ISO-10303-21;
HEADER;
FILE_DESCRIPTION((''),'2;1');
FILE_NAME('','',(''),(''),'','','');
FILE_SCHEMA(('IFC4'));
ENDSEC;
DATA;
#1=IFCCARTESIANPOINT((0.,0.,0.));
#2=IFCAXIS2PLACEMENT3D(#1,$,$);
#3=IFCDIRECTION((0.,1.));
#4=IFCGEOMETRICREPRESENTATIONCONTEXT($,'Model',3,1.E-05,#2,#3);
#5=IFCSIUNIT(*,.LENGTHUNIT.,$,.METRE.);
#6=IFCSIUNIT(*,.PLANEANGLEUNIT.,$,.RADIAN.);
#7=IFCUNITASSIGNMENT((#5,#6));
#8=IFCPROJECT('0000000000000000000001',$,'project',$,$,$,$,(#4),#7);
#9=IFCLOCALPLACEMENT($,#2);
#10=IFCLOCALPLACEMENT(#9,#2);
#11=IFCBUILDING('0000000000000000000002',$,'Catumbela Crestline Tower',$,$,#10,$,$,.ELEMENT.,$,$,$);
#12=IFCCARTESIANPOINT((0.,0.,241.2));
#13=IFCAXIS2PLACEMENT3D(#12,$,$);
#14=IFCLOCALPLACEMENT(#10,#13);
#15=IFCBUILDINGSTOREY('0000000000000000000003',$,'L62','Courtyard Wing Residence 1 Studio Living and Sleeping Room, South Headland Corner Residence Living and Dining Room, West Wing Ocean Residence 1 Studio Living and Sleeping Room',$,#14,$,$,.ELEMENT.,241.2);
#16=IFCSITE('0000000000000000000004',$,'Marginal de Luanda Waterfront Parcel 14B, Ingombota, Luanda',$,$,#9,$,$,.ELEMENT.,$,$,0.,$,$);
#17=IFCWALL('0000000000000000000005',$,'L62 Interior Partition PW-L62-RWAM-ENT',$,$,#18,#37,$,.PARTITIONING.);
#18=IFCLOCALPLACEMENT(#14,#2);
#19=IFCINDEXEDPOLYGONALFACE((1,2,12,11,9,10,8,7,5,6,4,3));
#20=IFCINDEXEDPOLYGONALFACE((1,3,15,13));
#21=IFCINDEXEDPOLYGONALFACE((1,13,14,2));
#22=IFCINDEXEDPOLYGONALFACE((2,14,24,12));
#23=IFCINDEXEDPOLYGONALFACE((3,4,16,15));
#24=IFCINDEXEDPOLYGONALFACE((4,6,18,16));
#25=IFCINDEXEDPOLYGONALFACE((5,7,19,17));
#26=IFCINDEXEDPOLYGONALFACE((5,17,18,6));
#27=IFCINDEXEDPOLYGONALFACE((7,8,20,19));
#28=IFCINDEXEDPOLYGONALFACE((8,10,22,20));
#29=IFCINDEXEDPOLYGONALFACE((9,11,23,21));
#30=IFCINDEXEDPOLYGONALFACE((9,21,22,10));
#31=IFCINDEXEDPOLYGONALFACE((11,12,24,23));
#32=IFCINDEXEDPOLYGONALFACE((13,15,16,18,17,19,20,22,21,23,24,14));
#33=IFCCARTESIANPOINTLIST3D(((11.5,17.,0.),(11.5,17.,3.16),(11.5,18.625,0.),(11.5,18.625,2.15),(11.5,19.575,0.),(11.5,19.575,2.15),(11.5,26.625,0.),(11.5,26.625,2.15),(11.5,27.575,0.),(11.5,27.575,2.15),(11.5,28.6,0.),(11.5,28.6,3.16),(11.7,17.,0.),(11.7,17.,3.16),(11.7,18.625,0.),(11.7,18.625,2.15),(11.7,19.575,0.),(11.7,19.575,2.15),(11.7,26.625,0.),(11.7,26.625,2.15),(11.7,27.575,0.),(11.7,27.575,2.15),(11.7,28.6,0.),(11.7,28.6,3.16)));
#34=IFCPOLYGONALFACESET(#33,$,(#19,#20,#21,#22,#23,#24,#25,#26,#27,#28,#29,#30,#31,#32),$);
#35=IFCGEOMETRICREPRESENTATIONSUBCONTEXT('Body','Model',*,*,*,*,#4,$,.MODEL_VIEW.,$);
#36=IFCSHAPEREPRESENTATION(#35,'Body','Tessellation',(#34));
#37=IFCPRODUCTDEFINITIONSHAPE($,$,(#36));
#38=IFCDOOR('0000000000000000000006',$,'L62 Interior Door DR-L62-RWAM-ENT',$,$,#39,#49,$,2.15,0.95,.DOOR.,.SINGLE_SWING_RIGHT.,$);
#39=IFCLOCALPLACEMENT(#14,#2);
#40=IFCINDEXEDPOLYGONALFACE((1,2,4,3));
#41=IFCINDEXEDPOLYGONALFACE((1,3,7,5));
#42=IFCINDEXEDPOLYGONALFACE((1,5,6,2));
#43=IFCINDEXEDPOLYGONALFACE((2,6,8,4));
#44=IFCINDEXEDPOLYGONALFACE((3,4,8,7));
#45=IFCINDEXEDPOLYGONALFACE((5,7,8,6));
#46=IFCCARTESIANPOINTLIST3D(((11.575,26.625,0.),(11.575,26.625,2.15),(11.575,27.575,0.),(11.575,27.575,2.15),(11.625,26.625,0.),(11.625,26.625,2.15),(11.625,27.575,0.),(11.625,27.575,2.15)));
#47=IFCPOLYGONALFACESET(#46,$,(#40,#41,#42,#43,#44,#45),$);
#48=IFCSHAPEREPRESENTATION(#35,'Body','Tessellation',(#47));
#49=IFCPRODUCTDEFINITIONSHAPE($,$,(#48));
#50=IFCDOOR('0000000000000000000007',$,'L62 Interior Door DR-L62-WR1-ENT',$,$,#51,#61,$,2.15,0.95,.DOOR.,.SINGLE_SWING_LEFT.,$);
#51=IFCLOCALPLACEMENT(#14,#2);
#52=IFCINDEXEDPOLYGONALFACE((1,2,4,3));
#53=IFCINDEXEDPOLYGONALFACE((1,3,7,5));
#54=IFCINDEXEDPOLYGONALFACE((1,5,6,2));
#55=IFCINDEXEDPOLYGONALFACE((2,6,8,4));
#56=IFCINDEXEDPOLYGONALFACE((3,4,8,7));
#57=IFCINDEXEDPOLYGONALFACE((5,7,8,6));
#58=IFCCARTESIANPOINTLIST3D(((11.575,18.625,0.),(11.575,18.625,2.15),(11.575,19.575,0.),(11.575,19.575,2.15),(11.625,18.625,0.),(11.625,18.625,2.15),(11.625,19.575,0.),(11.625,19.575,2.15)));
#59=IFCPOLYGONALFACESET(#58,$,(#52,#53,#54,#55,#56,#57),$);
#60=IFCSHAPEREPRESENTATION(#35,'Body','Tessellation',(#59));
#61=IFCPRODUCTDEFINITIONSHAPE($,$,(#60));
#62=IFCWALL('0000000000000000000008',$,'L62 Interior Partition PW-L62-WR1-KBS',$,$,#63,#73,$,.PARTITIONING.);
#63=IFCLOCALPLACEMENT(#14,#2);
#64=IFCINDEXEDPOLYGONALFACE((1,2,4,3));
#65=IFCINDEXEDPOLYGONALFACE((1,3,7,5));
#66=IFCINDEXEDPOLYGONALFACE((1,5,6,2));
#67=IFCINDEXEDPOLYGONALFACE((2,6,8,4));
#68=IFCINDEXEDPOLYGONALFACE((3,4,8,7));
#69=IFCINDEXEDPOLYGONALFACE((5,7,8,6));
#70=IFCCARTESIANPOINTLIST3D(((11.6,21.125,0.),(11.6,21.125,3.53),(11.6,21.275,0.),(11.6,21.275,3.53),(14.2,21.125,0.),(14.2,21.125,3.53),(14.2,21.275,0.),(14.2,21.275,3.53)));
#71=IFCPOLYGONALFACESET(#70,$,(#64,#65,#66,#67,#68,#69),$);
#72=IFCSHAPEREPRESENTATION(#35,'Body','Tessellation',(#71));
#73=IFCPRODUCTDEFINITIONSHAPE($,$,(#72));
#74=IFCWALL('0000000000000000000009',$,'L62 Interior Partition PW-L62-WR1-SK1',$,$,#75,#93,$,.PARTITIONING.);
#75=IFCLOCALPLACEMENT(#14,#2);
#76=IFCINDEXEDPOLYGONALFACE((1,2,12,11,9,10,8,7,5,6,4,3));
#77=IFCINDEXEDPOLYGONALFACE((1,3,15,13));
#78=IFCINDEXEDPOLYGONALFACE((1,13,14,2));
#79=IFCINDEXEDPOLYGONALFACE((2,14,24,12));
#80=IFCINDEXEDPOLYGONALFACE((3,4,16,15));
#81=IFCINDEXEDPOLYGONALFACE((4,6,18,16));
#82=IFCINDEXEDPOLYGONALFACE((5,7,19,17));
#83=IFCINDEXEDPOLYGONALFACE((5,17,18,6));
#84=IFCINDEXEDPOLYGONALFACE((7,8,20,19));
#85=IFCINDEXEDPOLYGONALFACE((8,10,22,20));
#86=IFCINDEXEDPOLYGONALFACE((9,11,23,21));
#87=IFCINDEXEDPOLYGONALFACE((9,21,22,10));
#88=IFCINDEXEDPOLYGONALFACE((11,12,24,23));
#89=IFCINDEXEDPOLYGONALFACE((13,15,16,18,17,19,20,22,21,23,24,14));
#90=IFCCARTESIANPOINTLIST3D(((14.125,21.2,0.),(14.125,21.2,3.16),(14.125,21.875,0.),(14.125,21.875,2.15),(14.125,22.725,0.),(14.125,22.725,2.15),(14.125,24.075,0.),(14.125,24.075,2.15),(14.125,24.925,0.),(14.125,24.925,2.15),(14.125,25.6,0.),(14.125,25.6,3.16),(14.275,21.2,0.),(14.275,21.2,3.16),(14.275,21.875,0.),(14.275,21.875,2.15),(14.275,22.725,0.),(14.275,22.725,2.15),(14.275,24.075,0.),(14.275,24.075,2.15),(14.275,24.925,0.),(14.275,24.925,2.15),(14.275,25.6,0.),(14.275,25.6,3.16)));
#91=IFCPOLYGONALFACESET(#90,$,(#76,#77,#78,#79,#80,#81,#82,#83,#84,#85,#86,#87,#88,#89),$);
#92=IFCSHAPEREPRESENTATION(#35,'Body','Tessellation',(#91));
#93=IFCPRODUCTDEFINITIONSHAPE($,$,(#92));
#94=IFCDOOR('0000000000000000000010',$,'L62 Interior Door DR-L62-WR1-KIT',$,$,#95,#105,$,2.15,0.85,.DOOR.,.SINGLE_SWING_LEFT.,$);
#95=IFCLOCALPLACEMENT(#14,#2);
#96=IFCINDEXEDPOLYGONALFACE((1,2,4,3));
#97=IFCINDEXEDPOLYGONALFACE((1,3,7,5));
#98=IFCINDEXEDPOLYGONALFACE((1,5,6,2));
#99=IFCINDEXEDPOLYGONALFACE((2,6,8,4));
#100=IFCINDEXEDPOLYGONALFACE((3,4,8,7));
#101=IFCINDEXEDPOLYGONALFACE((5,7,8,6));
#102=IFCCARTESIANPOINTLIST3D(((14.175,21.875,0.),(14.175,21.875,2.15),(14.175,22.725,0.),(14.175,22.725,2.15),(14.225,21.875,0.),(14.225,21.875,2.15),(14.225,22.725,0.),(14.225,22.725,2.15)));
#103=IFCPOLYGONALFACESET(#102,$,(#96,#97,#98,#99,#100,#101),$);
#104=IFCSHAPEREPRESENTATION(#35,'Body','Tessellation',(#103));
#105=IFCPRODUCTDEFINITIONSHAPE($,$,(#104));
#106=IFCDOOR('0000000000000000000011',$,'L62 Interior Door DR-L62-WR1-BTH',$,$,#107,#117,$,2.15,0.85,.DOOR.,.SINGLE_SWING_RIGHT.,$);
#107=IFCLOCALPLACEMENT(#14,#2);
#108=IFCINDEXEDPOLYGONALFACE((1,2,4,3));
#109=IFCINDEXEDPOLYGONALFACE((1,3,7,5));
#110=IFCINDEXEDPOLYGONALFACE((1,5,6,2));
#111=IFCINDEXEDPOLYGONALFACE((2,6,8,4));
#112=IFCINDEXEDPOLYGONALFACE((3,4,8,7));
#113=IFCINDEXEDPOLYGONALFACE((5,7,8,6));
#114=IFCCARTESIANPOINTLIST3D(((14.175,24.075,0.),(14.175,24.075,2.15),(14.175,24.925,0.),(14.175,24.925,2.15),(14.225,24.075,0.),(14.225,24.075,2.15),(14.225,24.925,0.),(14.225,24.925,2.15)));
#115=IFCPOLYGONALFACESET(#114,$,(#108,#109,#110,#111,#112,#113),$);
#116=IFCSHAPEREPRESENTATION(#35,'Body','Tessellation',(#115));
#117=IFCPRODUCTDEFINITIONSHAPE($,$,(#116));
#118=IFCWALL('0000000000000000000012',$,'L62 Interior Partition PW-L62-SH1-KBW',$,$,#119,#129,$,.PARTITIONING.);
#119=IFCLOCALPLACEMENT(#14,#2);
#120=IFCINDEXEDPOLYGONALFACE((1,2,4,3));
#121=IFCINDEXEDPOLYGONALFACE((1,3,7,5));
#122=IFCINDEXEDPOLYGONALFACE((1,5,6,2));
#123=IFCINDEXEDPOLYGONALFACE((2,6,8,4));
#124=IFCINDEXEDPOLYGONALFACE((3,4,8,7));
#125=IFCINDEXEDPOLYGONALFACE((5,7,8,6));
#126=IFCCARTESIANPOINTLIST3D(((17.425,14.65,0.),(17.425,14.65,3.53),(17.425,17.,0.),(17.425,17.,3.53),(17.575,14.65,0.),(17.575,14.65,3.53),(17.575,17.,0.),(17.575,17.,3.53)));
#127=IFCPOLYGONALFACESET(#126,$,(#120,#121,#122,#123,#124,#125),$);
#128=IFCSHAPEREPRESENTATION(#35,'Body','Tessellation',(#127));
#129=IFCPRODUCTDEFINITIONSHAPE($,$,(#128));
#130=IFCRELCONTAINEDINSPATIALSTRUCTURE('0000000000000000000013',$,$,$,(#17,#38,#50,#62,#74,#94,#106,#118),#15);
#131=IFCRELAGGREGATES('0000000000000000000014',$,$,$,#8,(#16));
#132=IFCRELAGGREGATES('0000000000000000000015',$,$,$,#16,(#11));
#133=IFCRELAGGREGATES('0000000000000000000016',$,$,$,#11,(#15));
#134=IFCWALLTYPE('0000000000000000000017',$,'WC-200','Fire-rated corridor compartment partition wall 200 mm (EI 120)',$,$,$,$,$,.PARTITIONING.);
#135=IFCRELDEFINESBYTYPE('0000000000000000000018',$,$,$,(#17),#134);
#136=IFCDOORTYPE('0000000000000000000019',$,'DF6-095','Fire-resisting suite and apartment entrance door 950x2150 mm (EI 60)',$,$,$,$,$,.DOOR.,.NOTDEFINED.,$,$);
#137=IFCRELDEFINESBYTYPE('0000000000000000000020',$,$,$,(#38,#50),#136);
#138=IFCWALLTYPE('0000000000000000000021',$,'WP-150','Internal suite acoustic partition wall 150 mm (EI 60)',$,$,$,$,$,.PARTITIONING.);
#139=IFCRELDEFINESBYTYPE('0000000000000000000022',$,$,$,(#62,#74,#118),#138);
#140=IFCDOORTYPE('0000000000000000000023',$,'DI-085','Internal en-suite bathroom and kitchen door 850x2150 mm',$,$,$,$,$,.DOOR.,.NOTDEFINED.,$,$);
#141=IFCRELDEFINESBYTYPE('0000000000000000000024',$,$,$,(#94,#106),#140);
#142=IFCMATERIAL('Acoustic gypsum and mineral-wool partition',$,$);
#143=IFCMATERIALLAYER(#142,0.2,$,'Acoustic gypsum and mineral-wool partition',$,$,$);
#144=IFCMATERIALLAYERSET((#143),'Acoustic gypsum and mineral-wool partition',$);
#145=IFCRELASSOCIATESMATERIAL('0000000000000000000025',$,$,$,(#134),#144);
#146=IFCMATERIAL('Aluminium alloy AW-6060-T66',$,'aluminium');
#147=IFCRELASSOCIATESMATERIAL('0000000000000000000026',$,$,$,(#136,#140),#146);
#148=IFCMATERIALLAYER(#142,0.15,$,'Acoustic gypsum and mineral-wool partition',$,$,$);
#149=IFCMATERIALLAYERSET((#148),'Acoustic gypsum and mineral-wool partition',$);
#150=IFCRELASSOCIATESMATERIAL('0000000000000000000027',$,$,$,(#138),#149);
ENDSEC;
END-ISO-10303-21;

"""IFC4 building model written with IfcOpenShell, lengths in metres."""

from ifc_helpers import new_model, si_unit, direction, frame, frame_2d, origin, place, context, subcontext, project, spatial, rectangle, extrude, material, layer, layer_set, type_object, element, fill, save


model = new_model("IFC4")

# Units and contexts
model_context = context("Model", 3, precision=1e-05, world=origin(), true_north=direction((0.0, 1.0)))
body_context = subcontext(model_context, "Body", "Model", "MODEL_VIEW")
ifc_project = project(units=[si_unit("LENGTHUNIT", "METRE"), si_unit("PLANEANGLEUNIT", "RADIAN")], contexts=[model_context])

# Site, building, storey
site_placement = place(None, origin())
site = spatial("IfcSite", under=ifc_project, at=site_placement, Name="Marginal de Luanda Waterfront Parcel 14B, Ingombota, Luanda", CompositionType="ELEMENT", RefElevation=0.0)
building_placement = place(site_placement, origin())
building = spatial("IfcBuilding", under=site, at=building_placement, Name="Catumbela Crestline Tower", CompositionType="ELEMENT")
storey_placement = place(building_placement, frame((0.0, 0.0, 241.2)))
storey = spatial("IfcBuildingStorey", under=building, at=storey_placement, Name="L62", Description="Courtyard Wing Residence 1 Studio Living and Sleeping Room, South Headland Corner Residence Living and Dining Room, West Wing Ocean Residence 1 Studio Living and Sleeping Room", CompositionType="ELEMENT", Elevation=241.2)

# Shared definitions
ifc_material_1 = material(Name="Aluminium alloy AW-6060-T66", Category="aluminium")

# Wall, openings, doors
ifc_material_2 = material(Name="Acoustic gypsum and mineral-wool partition")
ifc_layer_1 = layer(ifc_material_2, 0.2, Name="Acoustic gypsum and mineral-wool partition")
ifc_layer_set_1 = layer_set([ifc_layer_1], Name="Acoustic gypsum and mineral-wool partition")
wall_type_1 = type_object("IfcWallType", Name="WC-200", Description="Fire-rated corridor compartment partition wall 200 mm (EI 120)", PredefinedType="PARTITIONING", material=ifc_layer_set_1)
door_type_1 = type_object("IfcDoorType", Name="DF6-095", Description="Fire-resisting suite and apartment entrance door 950x2150 mm (EI 60)", OperationType="NOTDEFINED", PredefinedType="DOOR", material=ifc_material_1)
wall_1_placement = place(storey_placement, frame((11.6, 17.0, 0.0), z_axis=(0.0, 0.0, 1.0), x_axis=(0.0, 1.0, 0.0)))
wall_1 = element("IfcWall", 1, at=wall_1_placement, inside=storey, type_object=wall_type_1, Name="L62 Interior Partition PW-L62-RWAM-ENT", PredefinedType="PARTITIONING", context=body_context, shape_type="SweptSolid", body=[
    extrude(rectangle(XDim=11.6, YDim=0.2, at=frame_2d((5.8, 0.0))), origin(), (0.0, 0.0, 1.0), 3.16),
])
opening_1_placement = place(wall_1_placement, frame((9.625, 0.0, 0.0)))
opening_1 = element("IfcOpeningElement", 2, at=opening_1_placement, cuts=wall_1, PredefinedType="OPENING", context=body_context, shape_type="SweptSolid", body=[
    extrude(rectangle(XDim=0.95, YDim=2.15, at=frame_2d((0.475, 1.075))), frame((0.0, 0.11, 0.0), z_axis=(0.0, -1.0, 0.0), x_axis=(1.0, 0.0, 0.0)), (0.0, 0.0, 1.0), 0.22),
])
opening_2_placement = place(wall_1_placement, frame((1.625, 0.0, 0.0)))
opening_2 = element("IfcOpeningElement", 3, at=opening_2_placement, cuts=wall_1, PredefinedType="OPENING", context=body_context, shape_type="SweptSolid", body=[
    extrude(rectangle(XDim=0.95, YDim=2.15, at=frame_2d((0.475, 1.075))), frame((0.0, 0.11, 0.0), z_axis=(0.0, -1.0, 0.0), x_axis=(1.0, 0.0, 0.0)), (0.0, 0.0, 1.0), 0.22),
])
door_1_placement = place(opening_1_placement, origin())
door_1 = element("IfcDoor", 4, at=door_1_placement, inside=storey, type_object=door_type_1, Name="L62 Interior Door DR-L62-RWAM-ENT", OperationType="SINGLE_SWING_RIGHT", OverallHeight=2.15, OverallWidth=0.95, PredefinedType="DOOR", context=body_context, shape_type="SweptSolid", body=[
    extrude(rectangle(XDim=0.95, YDim=2.15, at=frame_2d((0.475, 1.075))), frame((0.0, 0.025, 0.0), z_axis=(0.0, -1.0, 0.0), x_axis=(1.0, 0.0, 0.0)), (0.0, 0.0, 1.0), 0.05),
])
fill(opening_1, door_1)
door_2_placement = place(opening_2_placement, origin())
door_2 = element("IfcDoor", 5, at=door_2_placement, inside=storey, type_object=door_type_1, Name="L62 Interior Door DR-L62-WR1-ENT", OperationType="SINGLE_SWING_LEFT", OverallHeight=2.15, OverallWidth=0.95, PredefinedType="DOOR", context=body_context, shape_type="SweptSolid", body=[
    extrude(rectangle(XDim=0.95, YDim=2.15, at=frame_2d((0.475, 1.075))), frame((0.0, 0.025, 0.0), z_axis=(0.0, -1.0, 0.0), x_axis=(1.0, 0.0, 0.0)), (0.0, 0.0, 1.0), 0.05),
])
fill(opening_2, door_2)

# Wall
ifc_layer_2 = layer(ifc_material_2, 0.15, Name="Acoustic gypsum and mineral-wool partition")
ifc_layer_set_2 = layer_set([ifc_layer_2], Name="Acoustic gypsum and mineral-wool partition")
wall_type_2 = type_object("IfcWallType", Name="WP-150", Description="Internal suite acoustic partition wall 150 mm (EI 60)", PredefinedType="PARTITIONING", material=ifc_layer_set_2)
wall_2_placement = place(storey_placement, frame((11.6, 21.2, 0.0), z_axis=(0.0, 0.0, 1.0), x_axis=(1.0, 0.0, 0.0)))
element("IfcWall", 6, at=wall_2_placement, inside=storey, type_object=wall_type_2, Name="L62 Interior Partition PW-L62-WR1-KBS", PredefinedType="PARTITIONING", context=body_context, shape_type="SweptSolid", body=[
    extrude(rectangle(XDim=2.6, YDim=0.15, at=frame_2d((1.3, 0.0))), origin(), (0.0, 0.0, 1.0), 3.53),
])

# Wall, openings, doors
wall_3_placement = place(storey_placement, frame((14.2, 21.2, 0.0), z_axis=(0.0, 0.0, 1.0), x_axis=(0.0, 1.0, 0.0)))
wall_3 = element("IfcWall", 7, at=wall_3_placement, inside=storey, type_object=wall_type_2, Name="L62 Interior Partition PW-L62-WR1-SK1", PredefinedType="PARTITIONING", context=body_context, shape_type="SweptSolid", body=[
    extrude(rectangle(XDim=4.4, YDim=0.15, at=frame_2d((2.2, 0.0))), origin(), (0.0, 0.0, 1.0), 3.16),
])
opening_3_placement = place(wall_3_placement, frame((0.675, 0.0, 0.0)))
opening_3 = element("IfcOpeningElement", 8, at=opening_3_placement, cuts=wall_3, PredefinedType="OPENING", context=body_context, shape_type="SweptSolid", body=[
    extrude(rectangle(XDim=0.85, YDim=2.15, at=frame_2d((0.425, 1.075))), frame((0.0, 0.085, 0.0), z_axis=(0.0, -1.0, 0.0), x_axis=(1.0, 0.0, 0.0)), (0.0, 0.0, 1.0), 0.17),
])
opening_4_placement = place(wall_3_placement, frame((2.875, 0.0, 0.0)))
opening_4 = element("IfcOpeningElement", 9, at=opening_4_placement, cuts=wall_3, PredefinedType="OPENING", context=body_context, shape_type="SweptSolid", body=[
    extrude(rectangle(XDim=0.85, YDim=2.15, at=frame_2d((0.425, 1.075))), frame((0.0, 0.085, 0.0), z_axis=(0.0, -1.0, 0.0), x_axis=(1.0, 0.0, 0.0)), (0.0, 0.0, 1.0), 0.17),
])
door_type_2 = type_object("IfcDoorType", Name="DI-085", Description="Internal en-suite bathroom and kitchen door 850x2150 mm", OperationType="NOTDEFINED", PredefinedType="DOOR", material=ifc_material_1)
door_3_placement = place(opening_3_placement, origin())
door_3 = element("IfcDoor", 10, at=door_3_placement, inside=storey, type_object=door_type_2, Name="L62 Interior Door DR-L62-WR1-KIT", OperationType="SINGLE_SWING_LEFT", OverallHeight=2.15, OverallWidth=0.85, PredefinedType="DOOR", context=body_context, shape_type="SweptSolid", body=[
    extrude(rectangle(XDim=0.85, YDim=2.15, at=frame_2d((0.425, 1.075))), frame((0.0, 0.025, 0.0), z_axis=(0.0, -1.0, 0.0), x_axis=(1.0, 0.0, 0.0)), (0.0, 0.0, 1.0), 0.05),
])
fill(opening_3, door_3)
door_4_placement = place(opening_4_placement, origin())
door_4 = element("IfcDoor", 11, at=door_4_placement, inside=storey, type_object=door_type_2, Name="L62 Interior Door DR-L62-WR1-BTH", OperationType="SINGLE_SWING_RIGHT", OverallHeight=2.15, OverallWidth=0.85, PredefinedType="DOOR", context=body_context, shape_type="SweptSolid", body=[
    extrude(rectangle(XDim=0.85, YDim=2.15, at=frame_2d((0.425, 1.075))), frame((0.0, 0.025, 0.0), z_axis=(0.0, -1.0, 0.0), x_axis=(1.0, 0.0, 0.0)), (0.0, 0.0, 1.0), 0.05),
])
fill(opening_4, door_4)

# Wall
wall_4_placement = place(storey_placement, frame((17.5, 14.65, 0.0), z_axis=(0.0, 0.0, 1.0), x_axis=(0.0, 1.0, 0.0)))
element("IfcWall", 12, at=wall_4_placement, inside=storey, type_object=wall_type_2, Name="L62 Interior Partition PW-L62-SH1-KBW", PredefinedType="PARTITIONING", context=body_context, shape_type="SweptSolid", body=[
    extrude(rectangle(XDim=2.35, YDim=0.15, at=frame_2d((1.175, 0.0))), origin(), (0.0, 0.0, 1.0), 3.53),
])

save(model, "model.ifc")
